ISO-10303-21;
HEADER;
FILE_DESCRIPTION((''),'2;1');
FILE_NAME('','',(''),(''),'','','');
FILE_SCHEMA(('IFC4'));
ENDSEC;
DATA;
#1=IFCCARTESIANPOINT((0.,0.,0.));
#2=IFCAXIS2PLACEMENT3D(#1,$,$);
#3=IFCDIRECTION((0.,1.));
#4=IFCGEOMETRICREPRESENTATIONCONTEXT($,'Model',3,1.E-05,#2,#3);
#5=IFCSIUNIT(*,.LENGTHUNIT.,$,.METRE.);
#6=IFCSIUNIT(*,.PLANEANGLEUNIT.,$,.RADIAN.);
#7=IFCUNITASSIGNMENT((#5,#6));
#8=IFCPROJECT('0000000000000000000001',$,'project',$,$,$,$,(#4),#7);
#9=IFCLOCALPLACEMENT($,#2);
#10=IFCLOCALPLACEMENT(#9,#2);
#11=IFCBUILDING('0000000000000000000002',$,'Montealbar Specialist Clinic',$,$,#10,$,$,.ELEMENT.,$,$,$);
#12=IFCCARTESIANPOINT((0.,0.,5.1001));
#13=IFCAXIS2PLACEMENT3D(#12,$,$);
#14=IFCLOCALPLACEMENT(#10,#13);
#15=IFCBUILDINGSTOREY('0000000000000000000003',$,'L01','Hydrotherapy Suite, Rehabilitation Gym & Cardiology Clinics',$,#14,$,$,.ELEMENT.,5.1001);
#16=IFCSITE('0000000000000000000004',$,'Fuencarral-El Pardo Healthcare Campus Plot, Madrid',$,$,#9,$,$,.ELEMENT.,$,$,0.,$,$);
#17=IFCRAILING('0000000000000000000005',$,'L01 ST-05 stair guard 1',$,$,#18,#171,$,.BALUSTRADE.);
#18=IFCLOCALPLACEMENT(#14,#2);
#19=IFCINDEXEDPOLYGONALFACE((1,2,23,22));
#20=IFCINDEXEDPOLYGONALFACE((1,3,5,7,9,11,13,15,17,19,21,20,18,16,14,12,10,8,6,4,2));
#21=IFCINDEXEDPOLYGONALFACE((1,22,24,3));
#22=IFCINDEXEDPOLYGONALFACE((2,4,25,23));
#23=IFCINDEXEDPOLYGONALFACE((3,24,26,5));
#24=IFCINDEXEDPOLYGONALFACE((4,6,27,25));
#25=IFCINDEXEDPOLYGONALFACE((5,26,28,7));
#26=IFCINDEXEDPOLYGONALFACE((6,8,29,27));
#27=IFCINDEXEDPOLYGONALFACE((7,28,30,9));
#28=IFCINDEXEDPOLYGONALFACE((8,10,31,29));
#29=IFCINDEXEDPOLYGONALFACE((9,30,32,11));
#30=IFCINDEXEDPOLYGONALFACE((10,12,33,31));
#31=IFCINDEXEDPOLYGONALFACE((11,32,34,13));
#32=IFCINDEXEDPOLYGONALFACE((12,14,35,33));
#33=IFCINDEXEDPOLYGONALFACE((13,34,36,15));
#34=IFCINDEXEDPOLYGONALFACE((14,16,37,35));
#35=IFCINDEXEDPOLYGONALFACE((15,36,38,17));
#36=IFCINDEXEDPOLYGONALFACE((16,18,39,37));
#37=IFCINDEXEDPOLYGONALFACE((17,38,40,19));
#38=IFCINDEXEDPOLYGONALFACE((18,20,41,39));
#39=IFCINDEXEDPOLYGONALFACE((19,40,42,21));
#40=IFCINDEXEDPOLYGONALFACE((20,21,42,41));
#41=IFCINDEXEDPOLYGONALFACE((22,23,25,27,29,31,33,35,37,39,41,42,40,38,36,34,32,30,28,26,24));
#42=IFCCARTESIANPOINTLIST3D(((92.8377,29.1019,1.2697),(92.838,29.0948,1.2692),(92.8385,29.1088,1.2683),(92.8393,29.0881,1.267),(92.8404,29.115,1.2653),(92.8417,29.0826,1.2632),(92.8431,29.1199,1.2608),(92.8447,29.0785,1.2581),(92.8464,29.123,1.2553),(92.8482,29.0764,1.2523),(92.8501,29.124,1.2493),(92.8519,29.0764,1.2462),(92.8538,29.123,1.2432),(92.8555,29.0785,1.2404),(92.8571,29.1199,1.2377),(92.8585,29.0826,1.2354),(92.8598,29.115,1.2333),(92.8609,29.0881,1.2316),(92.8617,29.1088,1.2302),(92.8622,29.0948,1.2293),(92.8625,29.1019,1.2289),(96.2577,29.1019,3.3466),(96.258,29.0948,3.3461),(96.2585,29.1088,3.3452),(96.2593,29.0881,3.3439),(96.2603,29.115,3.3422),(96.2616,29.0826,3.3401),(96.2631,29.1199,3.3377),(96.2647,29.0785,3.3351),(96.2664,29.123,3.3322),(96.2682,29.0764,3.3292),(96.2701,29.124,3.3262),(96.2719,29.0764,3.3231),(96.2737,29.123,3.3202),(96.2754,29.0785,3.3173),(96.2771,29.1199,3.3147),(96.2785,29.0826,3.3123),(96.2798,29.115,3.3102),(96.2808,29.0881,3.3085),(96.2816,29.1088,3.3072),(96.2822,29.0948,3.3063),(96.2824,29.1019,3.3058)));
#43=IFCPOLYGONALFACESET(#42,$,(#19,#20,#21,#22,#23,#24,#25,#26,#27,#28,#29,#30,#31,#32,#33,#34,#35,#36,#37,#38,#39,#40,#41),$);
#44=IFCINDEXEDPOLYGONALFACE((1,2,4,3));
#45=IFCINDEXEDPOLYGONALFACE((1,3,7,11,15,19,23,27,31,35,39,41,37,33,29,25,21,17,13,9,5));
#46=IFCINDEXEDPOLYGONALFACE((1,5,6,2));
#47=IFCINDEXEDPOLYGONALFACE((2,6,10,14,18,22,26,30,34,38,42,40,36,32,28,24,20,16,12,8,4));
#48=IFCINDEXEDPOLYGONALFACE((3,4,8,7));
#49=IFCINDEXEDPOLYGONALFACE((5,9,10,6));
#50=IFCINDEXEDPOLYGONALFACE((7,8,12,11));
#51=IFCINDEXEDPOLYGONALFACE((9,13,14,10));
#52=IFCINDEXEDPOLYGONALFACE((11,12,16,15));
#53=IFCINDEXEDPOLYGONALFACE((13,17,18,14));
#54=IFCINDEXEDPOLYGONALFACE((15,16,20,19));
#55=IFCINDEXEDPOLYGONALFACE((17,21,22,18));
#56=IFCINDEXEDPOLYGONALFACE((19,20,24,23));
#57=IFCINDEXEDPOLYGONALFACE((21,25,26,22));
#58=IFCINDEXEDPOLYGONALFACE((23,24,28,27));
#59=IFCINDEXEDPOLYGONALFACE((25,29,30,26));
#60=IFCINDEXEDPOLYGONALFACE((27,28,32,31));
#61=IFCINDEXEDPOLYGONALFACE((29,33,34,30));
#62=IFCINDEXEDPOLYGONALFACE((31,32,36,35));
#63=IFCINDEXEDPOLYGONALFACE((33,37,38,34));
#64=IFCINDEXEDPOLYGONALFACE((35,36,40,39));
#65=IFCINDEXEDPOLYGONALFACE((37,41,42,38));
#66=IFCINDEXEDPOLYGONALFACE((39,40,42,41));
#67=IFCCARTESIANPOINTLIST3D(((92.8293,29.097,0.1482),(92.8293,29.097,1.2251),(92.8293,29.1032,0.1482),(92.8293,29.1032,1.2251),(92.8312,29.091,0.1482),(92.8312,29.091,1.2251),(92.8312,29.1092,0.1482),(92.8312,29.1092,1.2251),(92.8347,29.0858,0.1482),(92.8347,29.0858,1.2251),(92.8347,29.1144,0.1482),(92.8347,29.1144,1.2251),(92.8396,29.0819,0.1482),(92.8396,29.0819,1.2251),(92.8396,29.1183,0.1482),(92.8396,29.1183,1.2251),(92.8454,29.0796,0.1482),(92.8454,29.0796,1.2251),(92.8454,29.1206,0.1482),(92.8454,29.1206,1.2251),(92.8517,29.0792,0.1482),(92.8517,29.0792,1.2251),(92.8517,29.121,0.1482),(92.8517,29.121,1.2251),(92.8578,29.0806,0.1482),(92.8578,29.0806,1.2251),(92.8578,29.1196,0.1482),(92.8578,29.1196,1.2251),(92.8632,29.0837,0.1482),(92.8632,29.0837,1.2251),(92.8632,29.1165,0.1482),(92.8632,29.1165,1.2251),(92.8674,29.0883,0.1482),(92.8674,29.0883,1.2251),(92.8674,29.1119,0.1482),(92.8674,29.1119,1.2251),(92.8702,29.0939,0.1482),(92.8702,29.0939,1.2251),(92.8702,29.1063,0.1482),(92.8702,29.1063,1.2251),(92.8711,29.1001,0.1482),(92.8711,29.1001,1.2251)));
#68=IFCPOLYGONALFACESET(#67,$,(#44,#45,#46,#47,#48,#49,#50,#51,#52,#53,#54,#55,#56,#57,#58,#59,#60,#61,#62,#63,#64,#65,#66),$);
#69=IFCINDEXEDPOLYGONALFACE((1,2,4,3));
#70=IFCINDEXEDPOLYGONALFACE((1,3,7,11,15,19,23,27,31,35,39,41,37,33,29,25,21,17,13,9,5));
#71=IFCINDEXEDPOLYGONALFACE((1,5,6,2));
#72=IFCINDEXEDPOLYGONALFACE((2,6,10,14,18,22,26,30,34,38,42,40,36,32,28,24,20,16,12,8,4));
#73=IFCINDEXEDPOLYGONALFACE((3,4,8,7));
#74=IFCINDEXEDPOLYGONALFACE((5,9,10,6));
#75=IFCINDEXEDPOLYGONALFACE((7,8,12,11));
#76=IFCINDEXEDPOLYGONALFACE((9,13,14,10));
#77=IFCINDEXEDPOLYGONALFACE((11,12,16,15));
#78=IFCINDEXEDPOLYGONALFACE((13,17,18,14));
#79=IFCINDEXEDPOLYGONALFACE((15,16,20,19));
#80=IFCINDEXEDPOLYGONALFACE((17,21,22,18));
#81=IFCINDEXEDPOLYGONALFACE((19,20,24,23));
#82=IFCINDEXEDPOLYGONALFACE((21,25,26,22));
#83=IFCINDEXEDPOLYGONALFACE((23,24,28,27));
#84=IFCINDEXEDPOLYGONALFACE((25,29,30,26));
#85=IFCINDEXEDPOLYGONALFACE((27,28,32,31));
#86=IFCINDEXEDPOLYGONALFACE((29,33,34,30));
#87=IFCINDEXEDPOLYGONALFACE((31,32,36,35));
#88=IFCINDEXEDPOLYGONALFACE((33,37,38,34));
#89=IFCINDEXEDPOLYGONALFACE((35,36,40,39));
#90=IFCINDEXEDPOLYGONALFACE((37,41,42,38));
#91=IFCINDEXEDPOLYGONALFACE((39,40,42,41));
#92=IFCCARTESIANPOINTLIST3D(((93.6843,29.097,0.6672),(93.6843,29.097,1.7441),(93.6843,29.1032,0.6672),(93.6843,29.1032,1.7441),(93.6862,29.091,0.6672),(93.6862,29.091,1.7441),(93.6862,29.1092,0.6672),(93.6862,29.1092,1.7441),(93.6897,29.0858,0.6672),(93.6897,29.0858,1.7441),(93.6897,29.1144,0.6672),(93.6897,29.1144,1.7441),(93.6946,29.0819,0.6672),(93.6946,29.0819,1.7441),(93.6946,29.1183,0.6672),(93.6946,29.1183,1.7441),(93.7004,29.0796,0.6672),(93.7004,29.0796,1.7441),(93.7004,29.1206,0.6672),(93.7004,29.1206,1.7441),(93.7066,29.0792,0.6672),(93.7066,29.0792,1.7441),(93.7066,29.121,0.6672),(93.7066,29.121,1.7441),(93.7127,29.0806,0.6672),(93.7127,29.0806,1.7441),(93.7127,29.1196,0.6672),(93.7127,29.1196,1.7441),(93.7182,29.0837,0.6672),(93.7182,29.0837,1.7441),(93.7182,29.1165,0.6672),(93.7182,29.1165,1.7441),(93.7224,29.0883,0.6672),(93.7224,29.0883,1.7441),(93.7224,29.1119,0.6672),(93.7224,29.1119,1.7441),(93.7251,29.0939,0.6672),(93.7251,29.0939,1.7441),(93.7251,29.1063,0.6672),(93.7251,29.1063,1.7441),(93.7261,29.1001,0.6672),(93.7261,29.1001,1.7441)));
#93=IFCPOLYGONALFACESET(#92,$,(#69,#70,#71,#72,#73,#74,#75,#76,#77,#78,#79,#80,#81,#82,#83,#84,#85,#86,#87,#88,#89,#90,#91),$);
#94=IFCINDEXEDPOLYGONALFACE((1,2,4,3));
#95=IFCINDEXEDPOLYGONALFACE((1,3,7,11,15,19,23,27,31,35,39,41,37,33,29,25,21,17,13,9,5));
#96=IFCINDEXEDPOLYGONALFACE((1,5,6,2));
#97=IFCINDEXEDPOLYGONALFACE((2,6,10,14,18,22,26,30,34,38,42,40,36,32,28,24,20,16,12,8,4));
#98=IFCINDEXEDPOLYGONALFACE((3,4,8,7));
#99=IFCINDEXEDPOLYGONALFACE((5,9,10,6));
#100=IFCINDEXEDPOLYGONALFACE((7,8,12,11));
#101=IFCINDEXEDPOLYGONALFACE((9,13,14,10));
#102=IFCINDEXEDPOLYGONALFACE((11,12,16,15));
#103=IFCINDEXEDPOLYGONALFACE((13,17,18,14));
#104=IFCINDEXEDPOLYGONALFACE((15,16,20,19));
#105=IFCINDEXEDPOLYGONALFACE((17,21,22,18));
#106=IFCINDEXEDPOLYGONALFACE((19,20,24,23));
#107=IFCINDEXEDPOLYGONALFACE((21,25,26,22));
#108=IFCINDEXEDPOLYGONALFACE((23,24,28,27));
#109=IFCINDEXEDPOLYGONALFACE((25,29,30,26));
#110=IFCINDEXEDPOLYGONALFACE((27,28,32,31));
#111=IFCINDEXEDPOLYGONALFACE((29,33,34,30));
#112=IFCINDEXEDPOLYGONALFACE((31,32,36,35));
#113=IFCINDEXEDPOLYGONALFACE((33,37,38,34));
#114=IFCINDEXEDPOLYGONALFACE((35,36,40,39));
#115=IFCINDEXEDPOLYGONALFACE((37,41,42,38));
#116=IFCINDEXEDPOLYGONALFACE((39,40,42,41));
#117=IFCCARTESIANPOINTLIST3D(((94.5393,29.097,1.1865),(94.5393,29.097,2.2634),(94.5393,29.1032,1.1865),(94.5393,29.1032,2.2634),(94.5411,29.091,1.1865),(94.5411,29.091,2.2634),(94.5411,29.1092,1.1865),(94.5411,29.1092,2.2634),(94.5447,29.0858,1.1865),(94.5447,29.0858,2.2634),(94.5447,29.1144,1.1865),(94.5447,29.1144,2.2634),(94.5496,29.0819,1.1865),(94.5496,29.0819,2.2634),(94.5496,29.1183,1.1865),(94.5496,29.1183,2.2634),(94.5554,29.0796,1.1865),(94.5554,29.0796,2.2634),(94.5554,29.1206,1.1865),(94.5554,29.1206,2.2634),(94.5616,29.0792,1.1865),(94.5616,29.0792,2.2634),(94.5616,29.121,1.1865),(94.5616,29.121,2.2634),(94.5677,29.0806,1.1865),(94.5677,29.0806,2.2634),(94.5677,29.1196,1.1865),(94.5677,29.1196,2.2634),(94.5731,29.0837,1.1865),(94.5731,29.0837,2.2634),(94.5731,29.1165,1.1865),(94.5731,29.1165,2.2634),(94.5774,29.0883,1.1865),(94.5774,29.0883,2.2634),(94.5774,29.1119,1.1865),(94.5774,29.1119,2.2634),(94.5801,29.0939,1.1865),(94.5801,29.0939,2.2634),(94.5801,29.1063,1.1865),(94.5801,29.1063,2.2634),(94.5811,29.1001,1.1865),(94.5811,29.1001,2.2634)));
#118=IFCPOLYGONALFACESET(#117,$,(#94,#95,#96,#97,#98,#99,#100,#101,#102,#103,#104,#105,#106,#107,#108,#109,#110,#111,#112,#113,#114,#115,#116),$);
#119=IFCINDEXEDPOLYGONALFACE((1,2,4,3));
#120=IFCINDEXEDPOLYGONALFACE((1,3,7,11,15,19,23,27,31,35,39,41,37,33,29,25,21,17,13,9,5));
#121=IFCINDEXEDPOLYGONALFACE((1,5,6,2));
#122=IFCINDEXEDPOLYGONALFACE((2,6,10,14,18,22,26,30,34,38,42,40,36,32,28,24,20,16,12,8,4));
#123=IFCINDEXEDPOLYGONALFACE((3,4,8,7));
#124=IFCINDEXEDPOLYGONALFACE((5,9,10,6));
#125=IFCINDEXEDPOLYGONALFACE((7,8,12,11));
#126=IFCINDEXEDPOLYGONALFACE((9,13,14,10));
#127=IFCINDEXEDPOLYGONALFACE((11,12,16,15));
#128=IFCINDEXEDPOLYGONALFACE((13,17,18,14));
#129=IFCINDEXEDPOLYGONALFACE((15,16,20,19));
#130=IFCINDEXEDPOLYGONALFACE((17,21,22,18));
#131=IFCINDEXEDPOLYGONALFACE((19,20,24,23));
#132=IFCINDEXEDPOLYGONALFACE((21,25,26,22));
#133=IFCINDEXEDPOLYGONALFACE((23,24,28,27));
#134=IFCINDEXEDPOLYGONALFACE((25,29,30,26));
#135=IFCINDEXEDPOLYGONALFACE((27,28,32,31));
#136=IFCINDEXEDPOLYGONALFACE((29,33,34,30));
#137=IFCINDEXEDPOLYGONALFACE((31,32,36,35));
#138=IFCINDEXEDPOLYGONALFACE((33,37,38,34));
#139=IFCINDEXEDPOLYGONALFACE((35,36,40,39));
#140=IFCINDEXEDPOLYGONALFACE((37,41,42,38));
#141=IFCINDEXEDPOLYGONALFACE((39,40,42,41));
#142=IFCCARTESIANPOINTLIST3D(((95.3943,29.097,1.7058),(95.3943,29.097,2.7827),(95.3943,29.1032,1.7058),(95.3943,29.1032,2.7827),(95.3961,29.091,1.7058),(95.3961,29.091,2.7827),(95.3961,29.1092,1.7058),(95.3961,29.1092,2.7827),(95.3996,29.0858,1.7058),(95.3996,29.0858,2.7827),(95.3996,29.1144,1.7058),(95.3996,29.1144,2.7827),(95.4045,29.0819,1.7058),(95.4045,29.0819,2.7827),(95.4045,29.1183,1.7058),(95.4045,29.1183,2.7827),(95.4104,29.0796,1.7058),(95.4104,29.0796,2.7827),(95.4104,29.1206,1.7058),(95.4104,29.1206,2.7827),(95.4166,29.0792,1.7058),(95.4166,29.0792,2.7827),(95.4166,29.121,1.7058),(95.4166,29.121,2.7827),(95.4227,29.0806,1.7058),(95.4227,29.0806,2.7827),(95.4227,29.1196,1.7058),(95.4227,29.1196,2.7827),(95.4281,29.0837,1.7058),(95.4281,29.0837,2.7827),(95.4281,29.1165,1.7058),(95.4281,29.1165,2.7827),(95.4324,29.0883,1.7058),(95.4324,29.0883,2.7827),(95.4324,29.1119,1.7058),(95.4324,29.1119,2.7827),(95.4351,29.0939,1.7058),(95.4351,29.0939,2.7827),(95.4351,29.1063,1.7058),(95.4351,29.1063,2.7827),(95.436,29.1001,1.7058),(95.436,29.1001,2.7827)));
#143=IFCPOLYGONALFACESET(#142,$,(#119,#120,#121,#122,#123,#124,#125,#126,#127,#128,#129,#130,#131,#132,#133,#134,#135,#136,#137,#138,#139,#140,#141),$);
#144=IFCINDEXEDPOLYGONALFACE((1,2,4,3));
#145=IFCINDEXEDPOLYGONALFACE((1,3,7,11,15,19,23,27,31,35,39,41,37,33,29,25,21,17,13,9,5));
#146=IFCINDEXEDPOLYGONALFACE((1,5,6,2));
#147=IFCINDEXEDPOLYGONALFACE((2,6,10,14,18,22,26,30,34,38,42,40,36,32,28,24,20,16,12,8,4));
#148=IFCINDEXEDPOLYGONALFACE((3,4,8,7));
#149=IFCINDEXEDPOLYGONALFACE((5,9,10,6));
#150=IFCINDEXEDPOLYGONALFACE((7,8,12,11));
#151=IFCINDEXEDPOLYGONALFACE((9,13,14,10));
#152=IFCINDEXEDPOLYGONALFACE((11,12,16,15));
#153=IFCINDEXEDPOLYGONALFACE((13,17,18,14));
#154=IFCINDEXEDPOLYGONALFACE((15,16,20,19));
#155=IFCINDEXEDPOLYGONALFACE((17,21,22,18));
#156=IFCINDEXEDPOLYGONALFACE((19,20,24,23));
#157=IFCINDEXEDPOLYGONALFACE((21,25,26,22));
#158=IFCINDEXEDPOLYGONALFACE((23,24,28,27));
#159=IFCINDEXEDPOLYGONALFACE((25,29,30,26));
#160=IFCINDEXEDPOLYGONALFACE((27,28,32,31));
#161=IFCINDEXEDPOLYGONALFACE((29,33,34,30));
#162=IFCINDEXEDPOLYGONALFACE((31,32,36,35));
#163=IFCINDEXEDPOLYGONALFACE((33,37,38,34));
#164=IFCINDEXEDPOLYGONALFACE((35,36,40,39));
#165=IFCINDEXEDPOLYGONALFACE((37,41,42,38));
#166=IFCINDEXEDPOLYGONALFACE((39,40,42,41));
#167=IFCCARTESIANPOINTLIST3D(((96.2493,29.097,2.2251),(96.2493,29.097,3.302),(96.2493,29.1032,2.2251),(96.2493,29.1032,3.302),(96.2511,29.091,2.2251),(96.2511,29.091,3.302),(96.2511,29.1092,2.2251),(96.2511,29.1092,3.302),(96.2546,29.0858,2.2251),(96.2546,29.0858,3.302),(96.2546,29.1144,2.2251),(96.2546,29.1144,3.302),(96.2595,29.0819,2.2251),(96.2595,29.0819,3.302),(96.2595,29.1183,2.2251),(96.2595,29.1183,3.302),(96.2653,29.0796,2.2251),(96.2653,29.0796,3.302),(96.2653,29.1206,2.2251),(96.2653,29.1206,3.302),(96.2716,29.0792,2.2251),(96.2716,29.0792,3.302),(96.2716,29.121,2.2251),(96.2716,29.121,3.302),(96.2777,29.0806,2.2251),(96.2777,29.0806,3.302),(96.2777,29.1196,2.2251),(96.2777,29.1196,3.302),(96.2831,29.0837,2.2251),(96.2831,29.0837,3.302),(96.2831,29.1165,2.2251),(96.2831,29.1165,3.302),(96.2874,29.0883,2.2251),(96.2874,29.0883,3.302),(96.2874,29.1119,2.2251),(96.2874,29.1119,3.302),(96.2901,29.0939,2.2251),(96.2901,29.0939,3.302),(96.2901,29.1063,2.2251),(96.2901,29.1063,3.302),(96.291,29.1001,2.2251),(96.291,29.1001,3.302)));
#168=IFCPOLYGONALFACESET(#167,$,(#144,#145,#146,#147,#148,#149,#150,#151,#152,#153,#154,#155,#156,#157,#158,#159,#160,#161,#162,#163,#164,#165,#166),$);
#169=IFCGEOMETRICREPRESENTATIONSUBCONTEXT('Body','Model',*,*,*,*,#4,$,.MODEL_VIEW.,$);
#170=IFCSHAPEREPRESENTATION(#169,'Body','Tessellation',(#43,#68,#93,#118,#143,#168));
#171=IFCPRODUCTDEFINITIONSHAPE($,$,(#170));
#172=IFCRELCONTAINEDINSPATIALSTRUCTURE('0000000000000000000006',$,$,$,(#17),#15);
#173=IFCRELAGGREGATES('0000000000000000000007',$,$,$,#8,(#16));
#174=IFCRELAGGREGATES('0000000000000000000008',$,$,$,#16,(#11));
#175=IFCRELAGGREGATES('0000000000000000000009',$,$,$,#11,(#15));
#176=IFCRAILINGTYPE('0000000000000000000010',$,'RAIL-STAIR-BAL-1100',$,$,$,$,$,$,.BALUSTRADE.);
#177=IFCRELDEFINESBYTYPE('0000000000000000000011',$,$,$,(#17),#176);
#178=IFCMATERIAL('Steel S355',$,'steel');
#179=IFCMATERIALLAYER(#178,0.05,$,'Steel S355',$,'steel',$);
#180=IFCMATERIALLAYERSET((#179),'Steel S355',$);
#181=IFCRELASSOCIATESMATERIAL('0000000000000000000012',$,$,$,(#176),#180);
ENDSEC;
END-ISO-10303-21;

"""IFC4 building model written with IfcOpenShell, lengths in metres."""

from ifc_helpers import new_model, si_unit, direction, frame, origin, origin_2d, place, context, subcontext, project, spatial, circle, extrude, material, layer, layer_set, type_object, element, save


model = new_model("IFC4")

# Units and contexts
model_context = context("Model", 3, precision=1e-05, world=origin(), true_north=direction((0.0, 1.0)))
body_context = subcontext(model_context, "Body", "Model", "MODEL_VIEW")
ifc_project = project(units=[si_unit("LENGTHUNIT", "METRE"), si_unit("PLANEANGLEUNIT", "RADIAN")], contexts=[model_context])

# Site, building, storey
site_placement = place(None, origin())
site = spatial("IfcSite", under=ifc_project, at=site_placement, Name="Fuencarral-El Pardo Healthcare Campus Plot, Madrid", CompositionType="ELEMENT", RefElevation=0.0)
building_placement = place(site_placement, origin())
building = spatial("IfcBuilding", under=site, at=building_placement, Name="Montealbar Specialist Clinic", CompositionType="ELEMENT")
storey_placement = place(building_placement, frame((0.0, 0.0, 5.1001)))
storey = spatial("IfcBuildingStorey", under=building, at=storey_placement, Name="L01", Description="Hydrotherapy Suite, Rehabilitation Gym & Cardiology Clinics", CompositionType="ELEMENT", Elevation=5.1001)

# Shared definitions
ifc_material_1 = material(Name="Steel S355", Category="steel")

# Railing
ifc_layer_1 = layer(ifc_material_1, 0.05, Name="Steel S355", Category="steel")
ifc_layer_set_1 = layer_set([ifc_layer_1], Name="Steel S355")
railing_type_1 = type_object("IfcRailingType", Name="RAIL-STAIR-BAL-1100", PredefinedType="BALUSTRADE", material=ifc_layer_set_1)
railing_1_placement = place(storey_placement, frame((92.8501, 29.1001, 0.1731)))
element("IfcRailing", 1, at=railing_1_placement, inside=storey, type_object=railing_type_1, Name="L01 ST-05 stair guard 1", PredefinedType="BALUSTRADE", context=body_context, shape_type="SweptSolid", body=[
    extrude(circle(Radius=0.0239, at=origin_2d()), frame((0.0, 0.0, 1.0762), z_axis=(0.85473, 0.0, 0.519074), x_axis=(0.0, 1.0, 0.0)), (0.0, 0.0, 1.0), 4.0012),
    extrude(circle(Radius=0.021, at=origin_2d()), frame((0.0, 0.0, -0.0249)), (0.0, 0.0, 1.0), 1.0769),
    extrude(circle(Radius=0.021, at=origin_2d()), frame((0.855, 0.0, 0.4941)), (0.0, 0.0, 1.0), 1.0769),
    extrude(circle(Radius=0.021, at=origin_2d()), frame((1.71, 0.0, 1.0134)), (0.0, 0.0, 1.0), 1.0769),
    extrude(circle(Radius=0.021, at=origin_2d()), frame((2.5649, 0.0, 1.5327)), (0.0, 0.0, 1.0), 1.0769),
    extrude(circle(Radius=0.021, at=origin_2d()), frame((3.4199, 0.0, 2.052)), (0.0, 0.0, 1.0), 1.0769),
])

save(model, "model.ifc")
